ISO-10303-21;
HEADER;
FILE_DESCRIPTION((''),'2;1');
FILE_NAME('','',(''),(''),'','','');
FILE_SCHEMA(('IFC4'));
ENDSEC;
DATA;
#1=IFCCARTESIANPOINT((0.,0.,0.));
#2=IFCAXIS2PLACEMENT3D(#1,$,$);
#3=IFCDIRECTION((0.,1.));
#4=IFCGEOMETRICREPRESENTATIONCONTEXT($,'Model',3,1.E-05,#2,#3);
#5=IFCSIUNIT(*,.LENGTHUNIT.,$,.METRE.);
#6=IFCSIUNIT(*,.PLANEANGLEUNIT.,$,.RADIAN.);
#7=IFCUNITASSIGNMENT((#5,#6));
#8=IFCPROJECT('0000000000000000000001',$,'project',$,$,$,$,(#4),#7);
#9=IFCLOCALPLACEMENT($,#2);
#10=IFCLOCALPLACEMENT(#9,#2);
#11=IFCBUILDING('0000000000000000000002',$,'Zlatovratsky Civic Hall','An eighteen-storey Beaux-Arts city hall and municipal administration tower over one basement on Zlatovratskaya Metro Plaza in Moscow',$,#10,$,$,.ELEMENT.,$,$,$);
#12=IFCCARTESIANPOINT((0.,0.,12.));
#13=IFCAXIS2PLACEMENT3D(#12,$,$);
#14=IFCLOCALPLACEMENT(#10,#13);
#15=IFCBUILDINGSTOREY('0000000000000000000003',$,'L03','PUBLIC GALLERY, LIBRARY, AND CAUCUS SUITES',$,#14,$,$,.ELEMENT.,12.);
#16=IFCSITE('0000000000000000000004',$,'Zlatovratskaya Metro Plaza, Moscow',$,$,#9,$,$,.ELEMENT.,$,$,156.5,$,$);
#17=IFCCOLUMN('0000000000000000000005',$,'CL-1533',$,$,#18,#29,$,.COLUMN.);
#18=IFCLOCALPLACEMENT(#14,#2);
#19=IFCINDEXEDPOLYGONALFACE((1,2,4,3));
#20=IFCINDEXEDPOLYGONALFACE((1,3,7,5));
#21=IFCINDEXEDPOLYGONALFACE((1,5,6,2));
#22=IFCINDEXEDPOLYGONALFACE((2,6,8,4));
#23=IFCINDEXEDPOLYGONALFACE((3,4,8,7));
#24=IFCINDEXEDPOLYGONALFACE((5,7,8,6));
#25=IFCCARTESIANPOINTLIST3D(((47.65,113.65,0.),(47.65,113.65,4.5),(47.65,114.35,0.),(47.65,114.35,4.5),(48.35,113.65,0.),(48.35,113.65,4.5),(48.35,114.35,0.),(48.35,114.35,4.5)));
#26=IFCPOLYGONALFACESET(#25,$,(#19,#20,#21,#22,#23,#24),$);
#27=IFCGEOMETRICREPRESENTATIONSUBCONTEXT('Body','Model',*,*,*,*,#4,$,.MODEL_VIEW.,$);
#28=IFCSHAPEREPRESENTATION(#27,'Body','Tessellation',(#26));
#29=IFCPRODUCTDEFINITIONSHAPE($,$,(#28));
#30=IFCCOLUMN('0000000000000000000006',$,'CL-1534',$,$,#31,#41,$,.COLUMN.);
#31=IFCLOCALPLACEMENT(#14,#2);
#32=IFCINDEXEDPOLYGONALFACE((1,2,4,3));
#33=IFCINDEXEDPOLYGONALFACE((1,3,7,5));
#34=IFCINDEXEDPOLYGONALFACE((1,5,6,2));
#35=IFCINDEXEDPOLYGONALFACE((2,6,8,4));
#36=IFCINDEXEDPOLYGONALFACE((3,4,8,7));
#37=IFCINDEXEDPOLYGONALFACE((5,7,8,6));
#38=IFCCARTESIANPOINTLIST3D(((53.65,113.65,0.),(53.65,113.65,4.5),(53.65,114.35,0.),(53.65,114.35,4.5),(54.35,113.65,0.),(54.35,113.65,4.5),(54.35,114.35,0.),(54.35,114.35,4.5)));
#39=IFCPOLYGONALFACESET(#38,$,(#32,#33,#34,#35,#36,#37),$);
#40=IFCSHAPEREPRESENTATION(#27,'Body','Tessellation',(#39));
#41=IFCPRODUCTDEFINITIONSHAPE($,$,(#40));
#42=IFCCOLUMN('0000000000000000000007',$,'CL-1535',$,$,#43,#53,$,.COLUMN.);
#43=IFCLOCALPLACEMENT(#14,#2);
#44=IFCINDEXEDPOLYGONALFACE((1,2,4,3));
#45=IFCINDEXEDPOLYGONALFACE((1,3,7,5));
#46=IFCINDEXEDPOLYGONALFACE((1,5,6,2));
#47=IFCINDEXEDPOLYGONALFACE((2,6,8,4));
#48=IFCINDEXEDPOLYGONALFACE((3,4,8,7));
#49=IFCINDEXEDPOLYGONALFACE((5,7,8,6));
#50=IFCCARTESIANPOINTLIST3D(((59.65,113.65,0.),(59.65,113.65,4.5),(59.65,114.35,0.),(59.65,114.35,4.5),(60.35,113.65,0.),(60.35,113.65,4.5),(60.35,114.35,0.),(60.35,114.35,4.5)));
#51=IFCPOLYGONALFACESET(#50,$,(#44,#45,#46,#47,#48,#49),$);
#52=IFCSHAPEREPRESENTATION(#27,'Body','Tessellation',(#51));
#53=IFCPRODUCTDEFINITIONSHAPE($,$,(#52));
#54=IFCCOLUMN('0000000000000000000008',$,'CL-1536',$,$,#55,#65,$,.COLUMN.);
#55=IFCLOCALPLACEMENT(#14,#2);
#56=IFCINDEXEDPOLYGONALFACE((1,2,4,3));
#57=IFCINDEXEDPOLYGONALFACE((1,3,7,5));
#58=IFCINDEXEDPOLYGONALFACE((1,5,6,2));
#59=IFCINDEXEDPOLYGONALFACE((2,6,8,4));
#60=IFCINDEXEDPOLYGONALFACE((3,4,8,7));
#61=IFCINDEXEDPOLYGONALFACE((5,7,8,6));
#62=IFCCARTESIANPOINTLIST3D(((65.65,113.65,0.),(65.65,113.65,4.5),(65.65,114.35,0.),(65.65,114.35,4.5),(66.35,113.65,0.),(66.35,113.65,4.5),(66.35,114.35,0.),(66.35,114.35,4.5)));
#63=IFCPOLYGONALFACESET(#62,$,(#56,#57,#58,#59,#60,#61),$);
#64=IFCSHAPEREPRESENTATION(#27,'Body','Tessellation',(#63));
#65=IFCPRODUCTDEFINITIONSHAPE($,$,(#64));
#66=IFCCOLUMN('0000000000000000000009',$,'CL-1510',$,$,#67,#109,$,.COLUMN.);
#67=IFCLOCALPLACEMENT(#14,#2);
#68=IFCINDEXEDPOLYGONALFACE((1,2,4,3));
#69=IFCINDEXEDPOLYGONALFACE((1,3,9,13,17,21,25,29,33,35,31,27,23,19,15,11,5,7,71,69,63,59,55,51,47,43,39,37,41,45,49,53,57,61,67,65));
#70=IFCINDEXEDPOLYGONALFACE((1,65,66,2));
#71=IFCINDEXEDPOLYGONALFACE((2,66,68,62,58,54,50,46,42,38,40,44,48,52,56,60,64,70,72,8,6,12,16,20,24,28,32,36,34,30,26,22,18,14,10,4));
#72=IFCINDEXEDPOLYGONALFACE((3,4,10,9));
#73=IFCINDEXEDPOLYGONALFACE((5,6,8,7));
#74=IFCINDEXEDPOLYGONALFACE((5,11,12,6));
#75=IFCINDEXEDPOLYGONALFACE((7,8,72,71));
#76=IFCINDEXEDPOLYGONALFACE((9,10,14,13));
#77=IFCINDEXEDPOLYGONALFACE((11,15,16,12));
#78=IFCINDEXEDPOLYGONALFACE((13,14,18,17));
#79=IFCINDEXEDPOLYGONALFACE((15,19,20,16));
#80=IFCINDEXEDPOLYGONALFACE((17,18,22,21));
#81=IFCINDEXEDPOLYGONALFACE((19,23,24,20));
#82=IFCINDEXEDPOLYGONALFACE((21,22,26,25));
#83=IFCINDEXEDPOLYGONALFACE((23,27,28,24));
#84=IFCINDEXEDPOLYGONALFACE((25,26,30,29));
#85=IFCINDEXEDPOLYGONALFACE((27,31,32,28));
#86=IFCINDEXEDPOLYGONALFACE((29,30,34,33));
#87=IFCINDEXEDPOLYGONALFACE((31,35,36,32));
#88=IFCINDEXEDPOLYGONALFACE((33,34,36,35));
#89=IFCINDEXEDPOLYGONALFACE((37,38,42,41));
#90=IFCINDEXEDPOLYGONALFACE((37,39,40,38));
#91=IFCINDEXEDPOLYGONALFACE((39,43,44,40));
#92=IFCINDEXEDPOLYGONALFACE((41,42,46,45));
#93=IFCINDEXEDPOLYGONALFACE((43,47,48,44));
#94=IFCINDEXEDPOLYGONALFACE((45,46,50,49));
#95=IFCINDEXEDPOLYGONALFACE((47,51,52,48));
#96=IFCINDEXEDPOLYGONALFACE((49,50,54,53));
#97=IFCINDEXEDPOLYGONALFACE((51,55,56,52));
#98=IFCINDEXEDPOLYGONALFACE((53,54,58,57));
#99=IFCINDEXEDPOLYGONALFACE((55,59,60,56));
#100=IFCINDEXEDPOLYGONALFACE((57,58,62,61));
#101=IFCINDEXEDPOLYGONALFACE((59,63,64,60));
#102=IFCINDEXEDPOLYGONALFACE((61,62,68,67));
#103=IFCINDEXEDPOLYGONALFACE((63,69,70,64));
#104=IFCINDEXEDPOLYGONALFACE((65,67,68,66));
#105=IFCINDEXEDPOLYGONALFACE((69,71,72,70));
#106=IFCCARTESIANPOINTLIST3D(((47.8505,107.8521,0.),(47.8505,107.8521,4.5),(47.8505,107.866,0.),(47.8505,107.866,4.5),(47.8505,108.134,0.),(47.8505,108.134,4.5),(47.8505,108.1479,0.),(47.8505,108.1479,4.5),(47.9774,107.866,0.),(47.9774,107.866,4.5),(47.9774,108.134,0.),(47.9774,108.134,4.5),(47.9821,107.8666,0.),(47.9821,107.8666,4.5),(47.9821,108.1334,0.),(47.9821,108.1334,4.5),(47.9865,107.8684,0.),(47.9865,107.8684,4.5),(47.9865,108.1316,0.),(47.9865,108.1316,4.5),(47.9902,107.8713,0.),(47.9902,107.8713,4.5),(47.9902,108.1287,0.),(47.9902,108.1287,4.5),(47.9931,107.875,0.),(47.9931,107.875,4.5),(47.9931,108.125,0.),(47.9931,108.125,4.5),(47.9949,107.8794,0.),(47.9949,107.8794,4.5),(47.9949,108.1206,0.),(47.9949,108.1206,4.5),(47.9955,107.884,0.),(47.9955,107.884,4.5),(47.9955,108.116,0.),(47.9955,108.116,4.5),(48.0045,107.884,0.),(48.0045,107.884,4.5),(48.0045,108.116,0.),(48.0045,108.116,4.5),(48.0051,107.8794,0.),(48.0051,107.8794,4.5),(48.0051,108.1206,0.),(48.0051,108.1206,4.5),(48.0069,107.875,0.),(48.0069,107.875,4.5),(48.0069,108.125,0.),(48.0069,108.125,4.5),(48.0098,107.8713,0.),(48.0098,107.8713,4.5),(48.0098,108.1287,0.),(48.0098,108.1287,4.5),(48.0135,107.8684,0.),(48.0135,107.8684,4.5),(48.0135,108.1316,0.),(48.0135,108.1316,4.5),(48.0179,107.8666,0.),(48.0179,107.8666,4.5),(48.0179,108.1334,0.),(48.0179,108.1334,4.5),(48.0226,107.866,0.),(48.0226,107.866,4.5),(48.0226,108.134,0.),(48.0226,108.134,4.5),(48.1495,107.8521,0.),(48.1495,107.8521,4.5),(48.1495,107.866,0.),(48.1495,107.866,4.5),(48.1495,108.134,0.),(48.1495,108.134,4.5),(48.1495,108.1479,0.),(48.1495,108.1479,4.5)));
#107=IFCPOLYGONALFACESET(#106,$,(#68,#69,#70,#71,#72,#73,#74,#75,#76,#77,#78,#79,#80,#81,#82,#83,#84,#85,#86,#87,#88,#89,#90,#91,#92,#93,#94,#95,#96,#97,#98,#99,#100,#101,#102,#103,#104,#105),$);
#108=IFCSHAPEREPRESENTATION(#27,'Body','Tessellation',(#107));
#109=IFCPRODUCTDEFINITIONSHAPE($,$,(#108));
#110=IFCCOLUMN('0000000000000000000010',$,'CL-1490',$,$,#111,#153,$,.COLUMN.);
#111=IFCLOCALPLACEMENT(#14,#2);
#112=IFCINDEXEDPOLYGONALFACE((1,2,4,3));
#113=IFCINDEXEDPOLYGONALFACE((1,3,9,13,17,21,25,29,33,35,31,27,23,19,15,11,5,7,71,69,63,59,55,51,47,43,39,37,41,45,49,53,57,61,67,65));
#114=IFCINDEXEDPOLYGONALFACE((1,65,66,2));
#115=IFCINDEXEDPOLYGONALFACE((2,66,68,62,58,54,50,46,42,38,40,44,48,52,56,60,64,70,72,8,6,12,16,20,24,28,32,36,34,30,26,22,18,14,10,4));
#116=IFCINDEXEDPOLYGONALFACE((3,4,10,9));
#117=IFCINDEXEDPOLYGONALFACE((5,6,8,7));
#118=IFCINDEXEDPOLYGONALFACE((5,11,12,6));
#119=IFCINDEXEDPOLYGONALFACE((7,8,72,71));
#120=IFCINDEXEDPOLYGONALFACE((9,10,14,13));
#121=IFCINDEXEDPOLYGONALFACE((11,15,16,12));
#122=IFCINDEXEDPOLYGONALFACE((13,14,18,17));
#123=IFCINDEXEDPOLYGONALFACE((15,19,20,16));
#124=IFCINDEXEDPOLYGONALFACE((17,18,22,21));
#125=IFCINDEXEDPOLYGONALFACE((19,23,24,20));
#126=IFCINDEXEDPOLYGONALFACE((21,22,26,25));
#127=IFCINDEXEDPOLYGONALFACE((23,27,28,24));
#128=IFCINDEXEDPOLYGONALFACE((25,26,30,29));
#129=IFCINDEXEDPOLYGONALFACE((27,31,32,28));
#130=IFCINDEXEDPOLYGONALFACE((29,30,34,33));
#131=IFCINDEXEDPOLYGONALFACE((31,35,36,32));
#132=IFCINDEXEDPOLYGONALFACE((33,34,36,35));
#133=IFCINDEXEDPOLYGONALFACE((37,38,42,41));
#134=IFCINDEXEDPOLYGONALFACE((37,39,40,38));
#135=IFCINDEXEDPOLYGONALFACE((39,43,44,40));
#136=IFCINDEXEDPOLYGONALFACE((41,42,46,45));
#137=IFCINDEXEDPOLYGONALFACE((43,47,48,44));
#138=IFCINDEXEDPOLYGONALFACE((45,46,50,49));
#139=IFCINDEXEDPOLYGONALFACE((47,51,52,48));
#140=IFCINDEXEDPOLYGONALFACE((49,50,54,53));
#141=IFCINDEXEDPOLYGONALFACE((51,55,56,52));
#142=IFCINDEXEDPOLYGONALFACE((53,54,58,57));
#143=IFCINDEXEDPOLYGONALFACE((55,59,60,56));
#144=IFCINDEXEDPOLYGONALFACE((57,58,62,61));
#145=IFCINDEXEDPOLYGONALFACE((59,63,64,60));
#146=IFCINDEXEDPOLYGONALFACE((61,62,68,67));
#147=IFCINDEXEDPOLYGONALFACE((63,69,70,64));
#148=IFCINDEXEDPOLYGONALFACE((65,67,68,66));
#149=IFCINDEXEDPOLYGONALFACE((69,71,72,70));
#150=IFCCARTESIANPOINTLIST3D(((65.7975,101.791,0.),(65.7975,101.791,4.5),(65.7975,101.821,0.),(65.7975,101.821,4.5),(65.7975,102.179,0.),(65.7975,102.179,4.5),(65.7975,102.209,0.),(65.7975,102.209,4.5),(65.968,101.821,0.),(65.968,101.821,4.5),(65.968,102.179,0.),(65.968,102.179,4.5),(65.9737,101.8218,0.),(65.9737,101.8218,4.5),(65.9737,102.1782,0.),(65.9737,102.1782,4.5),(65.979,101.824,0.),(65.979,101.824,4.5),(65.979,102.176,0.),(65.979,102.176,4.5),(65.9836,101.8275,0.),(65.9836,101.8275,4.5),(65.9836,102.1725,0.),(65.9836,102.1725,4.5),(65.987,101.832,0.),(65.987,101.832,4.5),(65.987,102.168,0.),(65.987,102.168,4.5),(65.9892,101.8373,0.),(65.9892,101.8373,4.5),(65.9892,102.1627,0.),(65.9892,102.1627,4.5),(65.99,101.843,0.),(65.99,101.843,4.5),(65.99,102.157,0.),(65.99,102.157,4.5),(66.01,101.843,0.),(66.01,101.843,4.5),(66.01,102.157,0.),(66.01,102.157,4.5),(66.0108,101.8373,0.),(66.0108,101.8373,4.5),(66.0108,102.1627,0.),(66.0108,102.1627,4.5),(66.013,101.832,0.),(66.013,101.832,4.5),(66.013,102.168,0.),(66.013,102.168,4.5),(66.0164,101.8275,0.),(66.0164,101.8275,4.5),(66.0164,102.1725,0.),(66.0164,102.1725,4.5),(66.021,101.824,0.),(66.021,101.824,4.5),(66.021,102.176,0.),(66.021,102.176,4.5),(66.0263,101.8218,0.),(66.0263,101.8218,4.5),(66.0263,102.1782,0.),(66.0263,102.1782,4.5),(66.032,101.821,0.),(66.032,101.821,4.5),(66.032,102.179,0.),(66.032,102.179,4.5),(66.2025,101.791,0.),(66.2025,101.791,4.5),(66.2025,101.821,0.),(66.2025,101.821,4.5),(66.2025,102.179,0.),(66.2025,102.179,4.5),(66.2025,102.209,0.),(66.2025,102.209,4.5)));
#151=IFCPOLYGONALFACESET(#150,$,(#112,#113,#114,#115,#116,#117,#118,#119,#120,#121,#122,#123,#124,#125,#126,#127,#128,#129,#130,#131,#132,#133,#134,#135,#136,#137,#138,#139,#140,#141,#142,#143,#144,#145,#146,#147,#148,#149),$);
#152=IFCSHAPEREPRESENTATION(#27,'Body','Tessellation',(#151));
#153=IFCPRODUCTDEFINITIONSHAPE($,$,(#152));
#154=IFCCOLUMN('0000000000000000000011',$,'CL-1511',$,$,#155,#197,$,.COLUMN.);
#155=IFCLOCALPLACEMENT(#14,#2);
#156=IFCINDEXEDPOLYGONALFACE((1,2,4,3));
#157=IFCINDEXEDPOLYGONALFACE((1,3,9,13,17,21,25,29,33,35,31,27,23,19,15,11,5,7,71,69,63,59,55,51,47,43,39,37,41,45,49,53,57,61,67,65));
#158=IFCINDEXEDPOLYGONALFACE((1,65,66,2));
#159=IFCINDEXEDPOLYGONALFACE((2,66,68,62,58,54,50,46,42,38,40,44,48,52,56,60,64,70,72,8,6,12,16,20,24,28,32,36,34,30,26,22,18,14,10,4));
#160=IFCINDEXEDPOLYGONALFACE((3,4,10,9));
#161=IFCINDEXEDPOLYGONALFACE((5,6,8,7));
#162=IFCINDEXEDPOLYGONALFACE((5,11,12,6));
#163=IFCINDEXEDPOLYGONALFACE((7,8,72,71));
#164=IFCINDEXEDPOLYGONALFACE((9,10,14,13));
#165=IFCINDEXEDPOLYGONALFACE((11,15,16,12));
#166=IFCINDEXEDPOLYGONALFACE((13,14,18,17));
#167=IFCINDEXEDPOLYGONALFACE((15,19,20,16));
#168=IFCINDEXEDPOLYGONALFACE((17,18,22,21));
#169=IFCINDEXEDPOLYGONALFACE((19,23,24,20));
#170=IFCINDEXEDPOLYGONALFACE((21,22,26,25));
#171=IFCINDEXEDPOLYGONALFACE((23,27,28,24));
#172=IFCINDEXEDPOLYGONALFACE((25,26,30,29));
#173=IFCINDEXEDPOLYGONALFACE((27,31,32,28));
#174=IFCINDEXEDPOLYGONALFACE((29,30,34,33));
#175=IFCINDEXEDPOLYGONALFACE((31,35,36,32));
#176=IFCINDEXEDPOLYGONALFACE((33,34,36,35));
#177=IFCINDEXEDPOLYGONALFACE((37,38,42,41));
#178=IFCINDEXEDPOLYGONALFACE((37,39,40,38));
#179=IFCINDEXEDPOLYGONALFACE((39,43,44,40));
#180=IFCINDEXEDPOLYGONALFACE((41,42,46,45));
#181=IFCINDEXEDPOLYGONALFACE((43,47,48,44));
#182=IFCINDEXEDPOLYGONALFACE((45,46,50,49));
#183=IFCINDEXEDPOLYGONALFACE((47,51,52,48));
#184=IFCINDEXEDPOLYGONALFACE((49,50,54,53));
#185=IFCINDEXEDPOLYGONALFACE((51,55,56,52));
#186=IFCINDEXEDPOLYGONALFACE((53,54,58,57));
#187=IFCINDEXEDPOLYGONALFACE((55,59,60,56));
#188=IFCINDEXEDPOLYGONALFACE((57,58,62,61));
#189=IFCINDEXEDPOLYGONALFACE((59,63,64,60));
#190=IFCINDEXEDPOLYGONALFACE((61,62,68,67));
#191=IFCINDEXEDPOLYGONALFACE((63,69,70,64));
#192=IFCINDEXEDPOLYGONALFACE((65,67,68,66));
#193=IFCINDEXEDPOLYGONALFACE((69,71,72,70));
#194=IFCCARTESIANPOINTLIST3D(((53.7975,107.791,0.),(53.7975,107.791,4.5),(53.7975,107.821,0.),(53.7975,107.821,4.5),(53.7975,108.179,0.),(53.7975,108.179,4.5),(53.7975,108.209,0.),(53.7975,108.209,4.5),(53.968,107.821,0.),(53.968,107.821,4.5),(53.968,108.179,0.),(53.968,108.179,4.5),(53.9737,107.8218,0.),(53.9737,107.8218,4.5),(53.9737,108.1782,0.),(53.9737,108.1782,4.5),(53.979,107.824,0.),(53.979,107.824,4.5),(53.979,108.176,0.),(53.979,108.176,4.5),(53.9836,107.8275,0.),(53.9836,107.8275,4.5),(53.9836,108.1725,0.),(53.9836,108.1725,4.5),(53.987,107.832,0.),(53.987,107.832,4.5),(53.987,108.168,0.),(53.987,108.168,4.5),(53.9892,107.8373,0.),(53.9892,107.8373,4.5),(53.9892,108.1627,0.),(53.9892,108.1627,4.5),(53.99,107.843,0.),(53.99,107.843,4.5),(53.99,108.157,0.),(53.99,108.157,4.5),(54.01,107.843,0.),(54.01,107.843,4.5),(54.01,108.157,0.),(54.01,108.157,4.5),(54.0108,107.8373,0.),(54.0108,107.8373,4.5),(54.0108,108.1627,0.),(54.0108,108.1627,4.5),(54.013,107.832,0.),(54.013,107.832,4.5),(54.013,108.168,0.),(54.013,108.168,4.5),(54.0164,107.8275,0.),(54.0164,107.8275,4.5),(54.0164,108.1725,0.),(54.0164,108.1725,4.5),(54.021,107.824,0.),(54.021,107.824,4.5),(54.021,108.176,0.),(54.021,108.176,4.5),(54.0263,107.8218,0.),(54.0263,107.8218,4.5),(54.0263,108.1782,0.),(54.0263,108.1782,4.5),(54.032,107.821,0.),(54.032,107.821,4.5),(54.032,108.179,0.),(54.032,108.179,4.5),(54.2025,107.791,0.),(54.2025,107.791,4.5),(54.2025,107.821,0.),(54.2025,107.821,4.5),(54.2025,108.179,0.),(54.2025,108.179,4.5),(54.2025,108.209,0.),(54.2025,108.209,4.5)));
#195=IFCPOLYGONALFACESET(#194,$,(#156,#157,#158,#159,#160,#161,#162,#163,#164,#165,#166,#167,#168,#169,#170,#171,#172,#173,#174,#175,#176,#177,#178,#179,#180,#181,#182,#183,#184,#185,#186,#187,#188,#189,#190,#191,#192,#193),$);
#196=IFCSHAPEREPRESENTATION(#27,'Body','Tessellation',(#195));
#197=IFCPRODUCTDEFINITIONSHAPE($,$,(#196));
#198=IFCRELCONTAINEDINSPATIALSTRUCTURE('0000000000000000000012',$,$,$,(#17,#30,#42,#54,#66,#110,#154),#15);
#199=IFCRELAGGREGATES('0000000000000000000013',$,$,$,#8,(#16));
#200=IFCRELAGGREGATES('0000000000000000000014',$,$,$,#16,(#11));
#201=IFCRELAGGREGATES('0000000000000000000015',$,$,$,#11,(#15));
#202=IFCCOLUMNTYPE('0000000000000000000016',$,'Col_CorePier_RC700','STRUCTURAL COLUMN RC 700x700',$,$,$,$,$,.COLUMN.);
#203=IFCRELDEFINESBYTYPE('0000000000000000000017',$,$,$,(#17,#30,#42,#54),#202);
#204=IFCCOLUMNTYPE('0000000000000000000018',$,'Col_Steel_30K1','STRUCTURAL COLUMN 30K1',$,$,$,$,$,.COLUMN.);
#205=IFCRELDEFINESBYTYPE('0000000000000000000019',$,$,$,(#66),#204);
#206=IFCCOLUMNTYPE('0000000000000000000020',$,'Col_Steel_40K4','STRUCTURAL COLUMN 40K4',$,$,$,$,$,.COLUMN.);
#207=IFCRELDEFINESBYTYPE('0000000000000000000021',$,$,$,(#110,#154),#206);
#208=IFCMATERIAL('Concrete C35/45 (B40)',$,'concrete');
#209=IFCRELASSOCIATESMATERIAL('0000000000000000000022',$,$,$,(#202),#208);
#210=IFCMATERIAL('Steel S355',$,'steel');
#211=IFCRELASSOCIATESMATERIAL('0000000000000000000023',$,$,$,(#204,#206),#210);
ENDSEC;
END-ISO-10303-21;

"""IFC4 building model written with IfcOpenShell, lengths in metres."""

from ifc_helpers import new_model, si_unit, direction, frame, origin, origin_2d, place, context, subcontext, project, spatial, rectangle, i_section, extrude, material, material_profile, profile_set, type_object, element, save


model = new_model("IFC4")

# Units and contexts
model_context = context("Model", 3, precision=1e-05, world=origin(), true_north=direction((0.0, 1.0)))
body_context = subcontext(model_context, "Body", "Model", "MODEL_VIEW")
ifc_project = project(units=[si_unit("LENGTHUNIT", "METRE"), si_unit("PLANEANGLEUNIT", "RADIAN")], contexts=[model_context])

# Site, building, storey
site_placement = place(None, origin())
site = spatial("IfcSite", under=ifc_project, at=site_placement, Name="Zlatovratskaya Metro Plaza, Moscow", CompositionType="ELEMENT", RefElevation=156.5)
building_placement = place(site_placement, origin())
building = spatial("IfcBuilding", under=site, at=building_placement, Name="Zlatovratsky Civic Hall", Description="An eighteen-storey Beaux-Arts city hall and municipal administration tower over one basement on Zlatovratskaya Metro Plaza in Moscow", CompositionType="ELEMENT")
storey_placement = place(building_placement, frame((0.0, 0.0, 12.0)))
storey = spatial("IfcBuildingStorey", under=building, at=storey_placement, Name="L03", Description="PUBLIC GALLERY, LIBRARY, AND CAUCUS SUITES", CompositionType="ELEMENT", Elevation=12.0)

# Columns
ifc_material_1 = material(Name="Concrete C35/45 (B40)", Category="concrete")
ifc_material_profile_1 = material_profile(ifc_material_1, rectangle(XDim=0.7, YDim=0.7, at=origin_2d()), Name="RC 700x700")
ifc_profile_set_1 = profile_set([ifc_material_profile_1], Name="Concrete C35/45 (B40)")
column_type_1 = type_object("IfcColumnType", Name="Col_CorePier_RC700", Description="STRUCTURAL COLUMN RC 700x700", PredefinedType="COLUMN", material=ifc_profile_set_1)
for number, where, z_axis, x_axis, name in (
    (1, (48.0, 114.0, 0.0), (0.0, 0.0, 1.0), (1.0, 0.0, 0.0), "CL-1533"),
    (2, (54.0, 114.0, 0.0), (0.0, 0.0, 1.0), (1.0, 0.0, 0.0), "CL-1534"),
    (3, (60.0, 114.0, 0.0), (0.0, 0.0, 1.0), (1.0, 0.0, 0.0), "CL-1535"),
    (4, (66.0, 114.0, 0.0), (0.0, 0.0, 1.0), (1.0, 0.0, 0.0), "CL-1536"),
):
    element("IfcColumn", number, at=place(storey_placement, frame(where, z_axis=z_axis, x_axis=x_axis)), inside=storey, type_object=column_type_1, Name=name, PredefinedType="COLUMN", context=body_context, shape_type="SweptSolid", body=[
        extrude(rectangle(XDim=0.7, YDim=0.7, at=origin_2d()), origin(), (0.0, 0.0, 1.0), 4.5),
    ])
ifc_material_2 = material(Name="Steel S355", Category="steel")
ifc_material_profile_2 = material_profile(ifc_material_2, i_section(OverallWidth=0.2991, OverallDepth=0.2959, WebThickness=0.009, FlangeThickness=0.0139, FilletRadius=0.0181, at=origin_2d()), Name="30K1")
ifc_profile_set_2 = profile_set([ifc_material_profile_2], Name="Steel S355")
column_type_2 = type_object("IfcColumnType", Name="Col_Steel_30K1", Description="STRUCTURAL COLUMN 30K1", PredefinedType="COLUMN", material=ifc_profile_set_2)
column_placement = place(storey_placement, frame((48.0, 108.0, 0.0), z_axis=(0.0, 0.0, 1.0), x_axis=(1.0, 0.0, 0.0)))
element("IfcColumn", 5, at=column_placement, inside=storey, type_object=column_type_2, Name="CL-1510", PredefinedType="COLUMN", context=body_context, shape_type="SweptSolid", body=[
    extrude(i_section(OverallWidth=0.2991, OverallDepth=0.2959, WebThickness=0.009, FlangeThickness=0.0139, FilletRadius=0.0181, at=origin_2d()), origin(), (0.0, 0.0, 1.0), 4.5),
])
ifc_material_profile_3 = material_profile(ifc_material_2, i_section(OverallWidth=0.405, OverallDepth=0.418, WebThickness=0.02, FlangeThickness=0.03, FilletRadius=0.022, at=origin_2d()), Name="40K4")
ifc_profile_set_3 = profile_set([ifc_material_profile_3], Name="Steel S355")
column_type_3 = type_object("IfcColumnType", Name="Col_Steel_40K4", Description="STRUCTURAL COLUMN 40K4", PredefinedType="COLUMN", material=ifc_profile_set_3)
for number, where, z_axis, x_axis, name in (
    (6, (66.0, 102.0, 0.0), (0.0, 0.0, 1.0), (1.0, 0.0, 0.0), "CL-1490"),
    (7, (54.0, 108.0, 0.0), (0.0, 0.0, 1.0), (1.0, 0.0, 0.0), "CL-1511"),
):
    element("IfcColumn", number, at=place(storey_placement, frame(where, z_axis=z_axis, x_axis=x_axis)), inside=storey, type_object=column_type_3, Name=name, PredefinedType="COLUMN", context=body_context, shape_type="SweptSolid", body=[
        extrude(i_section(OverallWidth=0.405, OverallDepth=0.418, WebThickness=0.02, FlangeThickness=0.03, FilletRadius=0.022, at=origin_2d()), origin(), (0.0, 0.0, 1.0), 4.5),
    ])

save(model, "model.ifc")
